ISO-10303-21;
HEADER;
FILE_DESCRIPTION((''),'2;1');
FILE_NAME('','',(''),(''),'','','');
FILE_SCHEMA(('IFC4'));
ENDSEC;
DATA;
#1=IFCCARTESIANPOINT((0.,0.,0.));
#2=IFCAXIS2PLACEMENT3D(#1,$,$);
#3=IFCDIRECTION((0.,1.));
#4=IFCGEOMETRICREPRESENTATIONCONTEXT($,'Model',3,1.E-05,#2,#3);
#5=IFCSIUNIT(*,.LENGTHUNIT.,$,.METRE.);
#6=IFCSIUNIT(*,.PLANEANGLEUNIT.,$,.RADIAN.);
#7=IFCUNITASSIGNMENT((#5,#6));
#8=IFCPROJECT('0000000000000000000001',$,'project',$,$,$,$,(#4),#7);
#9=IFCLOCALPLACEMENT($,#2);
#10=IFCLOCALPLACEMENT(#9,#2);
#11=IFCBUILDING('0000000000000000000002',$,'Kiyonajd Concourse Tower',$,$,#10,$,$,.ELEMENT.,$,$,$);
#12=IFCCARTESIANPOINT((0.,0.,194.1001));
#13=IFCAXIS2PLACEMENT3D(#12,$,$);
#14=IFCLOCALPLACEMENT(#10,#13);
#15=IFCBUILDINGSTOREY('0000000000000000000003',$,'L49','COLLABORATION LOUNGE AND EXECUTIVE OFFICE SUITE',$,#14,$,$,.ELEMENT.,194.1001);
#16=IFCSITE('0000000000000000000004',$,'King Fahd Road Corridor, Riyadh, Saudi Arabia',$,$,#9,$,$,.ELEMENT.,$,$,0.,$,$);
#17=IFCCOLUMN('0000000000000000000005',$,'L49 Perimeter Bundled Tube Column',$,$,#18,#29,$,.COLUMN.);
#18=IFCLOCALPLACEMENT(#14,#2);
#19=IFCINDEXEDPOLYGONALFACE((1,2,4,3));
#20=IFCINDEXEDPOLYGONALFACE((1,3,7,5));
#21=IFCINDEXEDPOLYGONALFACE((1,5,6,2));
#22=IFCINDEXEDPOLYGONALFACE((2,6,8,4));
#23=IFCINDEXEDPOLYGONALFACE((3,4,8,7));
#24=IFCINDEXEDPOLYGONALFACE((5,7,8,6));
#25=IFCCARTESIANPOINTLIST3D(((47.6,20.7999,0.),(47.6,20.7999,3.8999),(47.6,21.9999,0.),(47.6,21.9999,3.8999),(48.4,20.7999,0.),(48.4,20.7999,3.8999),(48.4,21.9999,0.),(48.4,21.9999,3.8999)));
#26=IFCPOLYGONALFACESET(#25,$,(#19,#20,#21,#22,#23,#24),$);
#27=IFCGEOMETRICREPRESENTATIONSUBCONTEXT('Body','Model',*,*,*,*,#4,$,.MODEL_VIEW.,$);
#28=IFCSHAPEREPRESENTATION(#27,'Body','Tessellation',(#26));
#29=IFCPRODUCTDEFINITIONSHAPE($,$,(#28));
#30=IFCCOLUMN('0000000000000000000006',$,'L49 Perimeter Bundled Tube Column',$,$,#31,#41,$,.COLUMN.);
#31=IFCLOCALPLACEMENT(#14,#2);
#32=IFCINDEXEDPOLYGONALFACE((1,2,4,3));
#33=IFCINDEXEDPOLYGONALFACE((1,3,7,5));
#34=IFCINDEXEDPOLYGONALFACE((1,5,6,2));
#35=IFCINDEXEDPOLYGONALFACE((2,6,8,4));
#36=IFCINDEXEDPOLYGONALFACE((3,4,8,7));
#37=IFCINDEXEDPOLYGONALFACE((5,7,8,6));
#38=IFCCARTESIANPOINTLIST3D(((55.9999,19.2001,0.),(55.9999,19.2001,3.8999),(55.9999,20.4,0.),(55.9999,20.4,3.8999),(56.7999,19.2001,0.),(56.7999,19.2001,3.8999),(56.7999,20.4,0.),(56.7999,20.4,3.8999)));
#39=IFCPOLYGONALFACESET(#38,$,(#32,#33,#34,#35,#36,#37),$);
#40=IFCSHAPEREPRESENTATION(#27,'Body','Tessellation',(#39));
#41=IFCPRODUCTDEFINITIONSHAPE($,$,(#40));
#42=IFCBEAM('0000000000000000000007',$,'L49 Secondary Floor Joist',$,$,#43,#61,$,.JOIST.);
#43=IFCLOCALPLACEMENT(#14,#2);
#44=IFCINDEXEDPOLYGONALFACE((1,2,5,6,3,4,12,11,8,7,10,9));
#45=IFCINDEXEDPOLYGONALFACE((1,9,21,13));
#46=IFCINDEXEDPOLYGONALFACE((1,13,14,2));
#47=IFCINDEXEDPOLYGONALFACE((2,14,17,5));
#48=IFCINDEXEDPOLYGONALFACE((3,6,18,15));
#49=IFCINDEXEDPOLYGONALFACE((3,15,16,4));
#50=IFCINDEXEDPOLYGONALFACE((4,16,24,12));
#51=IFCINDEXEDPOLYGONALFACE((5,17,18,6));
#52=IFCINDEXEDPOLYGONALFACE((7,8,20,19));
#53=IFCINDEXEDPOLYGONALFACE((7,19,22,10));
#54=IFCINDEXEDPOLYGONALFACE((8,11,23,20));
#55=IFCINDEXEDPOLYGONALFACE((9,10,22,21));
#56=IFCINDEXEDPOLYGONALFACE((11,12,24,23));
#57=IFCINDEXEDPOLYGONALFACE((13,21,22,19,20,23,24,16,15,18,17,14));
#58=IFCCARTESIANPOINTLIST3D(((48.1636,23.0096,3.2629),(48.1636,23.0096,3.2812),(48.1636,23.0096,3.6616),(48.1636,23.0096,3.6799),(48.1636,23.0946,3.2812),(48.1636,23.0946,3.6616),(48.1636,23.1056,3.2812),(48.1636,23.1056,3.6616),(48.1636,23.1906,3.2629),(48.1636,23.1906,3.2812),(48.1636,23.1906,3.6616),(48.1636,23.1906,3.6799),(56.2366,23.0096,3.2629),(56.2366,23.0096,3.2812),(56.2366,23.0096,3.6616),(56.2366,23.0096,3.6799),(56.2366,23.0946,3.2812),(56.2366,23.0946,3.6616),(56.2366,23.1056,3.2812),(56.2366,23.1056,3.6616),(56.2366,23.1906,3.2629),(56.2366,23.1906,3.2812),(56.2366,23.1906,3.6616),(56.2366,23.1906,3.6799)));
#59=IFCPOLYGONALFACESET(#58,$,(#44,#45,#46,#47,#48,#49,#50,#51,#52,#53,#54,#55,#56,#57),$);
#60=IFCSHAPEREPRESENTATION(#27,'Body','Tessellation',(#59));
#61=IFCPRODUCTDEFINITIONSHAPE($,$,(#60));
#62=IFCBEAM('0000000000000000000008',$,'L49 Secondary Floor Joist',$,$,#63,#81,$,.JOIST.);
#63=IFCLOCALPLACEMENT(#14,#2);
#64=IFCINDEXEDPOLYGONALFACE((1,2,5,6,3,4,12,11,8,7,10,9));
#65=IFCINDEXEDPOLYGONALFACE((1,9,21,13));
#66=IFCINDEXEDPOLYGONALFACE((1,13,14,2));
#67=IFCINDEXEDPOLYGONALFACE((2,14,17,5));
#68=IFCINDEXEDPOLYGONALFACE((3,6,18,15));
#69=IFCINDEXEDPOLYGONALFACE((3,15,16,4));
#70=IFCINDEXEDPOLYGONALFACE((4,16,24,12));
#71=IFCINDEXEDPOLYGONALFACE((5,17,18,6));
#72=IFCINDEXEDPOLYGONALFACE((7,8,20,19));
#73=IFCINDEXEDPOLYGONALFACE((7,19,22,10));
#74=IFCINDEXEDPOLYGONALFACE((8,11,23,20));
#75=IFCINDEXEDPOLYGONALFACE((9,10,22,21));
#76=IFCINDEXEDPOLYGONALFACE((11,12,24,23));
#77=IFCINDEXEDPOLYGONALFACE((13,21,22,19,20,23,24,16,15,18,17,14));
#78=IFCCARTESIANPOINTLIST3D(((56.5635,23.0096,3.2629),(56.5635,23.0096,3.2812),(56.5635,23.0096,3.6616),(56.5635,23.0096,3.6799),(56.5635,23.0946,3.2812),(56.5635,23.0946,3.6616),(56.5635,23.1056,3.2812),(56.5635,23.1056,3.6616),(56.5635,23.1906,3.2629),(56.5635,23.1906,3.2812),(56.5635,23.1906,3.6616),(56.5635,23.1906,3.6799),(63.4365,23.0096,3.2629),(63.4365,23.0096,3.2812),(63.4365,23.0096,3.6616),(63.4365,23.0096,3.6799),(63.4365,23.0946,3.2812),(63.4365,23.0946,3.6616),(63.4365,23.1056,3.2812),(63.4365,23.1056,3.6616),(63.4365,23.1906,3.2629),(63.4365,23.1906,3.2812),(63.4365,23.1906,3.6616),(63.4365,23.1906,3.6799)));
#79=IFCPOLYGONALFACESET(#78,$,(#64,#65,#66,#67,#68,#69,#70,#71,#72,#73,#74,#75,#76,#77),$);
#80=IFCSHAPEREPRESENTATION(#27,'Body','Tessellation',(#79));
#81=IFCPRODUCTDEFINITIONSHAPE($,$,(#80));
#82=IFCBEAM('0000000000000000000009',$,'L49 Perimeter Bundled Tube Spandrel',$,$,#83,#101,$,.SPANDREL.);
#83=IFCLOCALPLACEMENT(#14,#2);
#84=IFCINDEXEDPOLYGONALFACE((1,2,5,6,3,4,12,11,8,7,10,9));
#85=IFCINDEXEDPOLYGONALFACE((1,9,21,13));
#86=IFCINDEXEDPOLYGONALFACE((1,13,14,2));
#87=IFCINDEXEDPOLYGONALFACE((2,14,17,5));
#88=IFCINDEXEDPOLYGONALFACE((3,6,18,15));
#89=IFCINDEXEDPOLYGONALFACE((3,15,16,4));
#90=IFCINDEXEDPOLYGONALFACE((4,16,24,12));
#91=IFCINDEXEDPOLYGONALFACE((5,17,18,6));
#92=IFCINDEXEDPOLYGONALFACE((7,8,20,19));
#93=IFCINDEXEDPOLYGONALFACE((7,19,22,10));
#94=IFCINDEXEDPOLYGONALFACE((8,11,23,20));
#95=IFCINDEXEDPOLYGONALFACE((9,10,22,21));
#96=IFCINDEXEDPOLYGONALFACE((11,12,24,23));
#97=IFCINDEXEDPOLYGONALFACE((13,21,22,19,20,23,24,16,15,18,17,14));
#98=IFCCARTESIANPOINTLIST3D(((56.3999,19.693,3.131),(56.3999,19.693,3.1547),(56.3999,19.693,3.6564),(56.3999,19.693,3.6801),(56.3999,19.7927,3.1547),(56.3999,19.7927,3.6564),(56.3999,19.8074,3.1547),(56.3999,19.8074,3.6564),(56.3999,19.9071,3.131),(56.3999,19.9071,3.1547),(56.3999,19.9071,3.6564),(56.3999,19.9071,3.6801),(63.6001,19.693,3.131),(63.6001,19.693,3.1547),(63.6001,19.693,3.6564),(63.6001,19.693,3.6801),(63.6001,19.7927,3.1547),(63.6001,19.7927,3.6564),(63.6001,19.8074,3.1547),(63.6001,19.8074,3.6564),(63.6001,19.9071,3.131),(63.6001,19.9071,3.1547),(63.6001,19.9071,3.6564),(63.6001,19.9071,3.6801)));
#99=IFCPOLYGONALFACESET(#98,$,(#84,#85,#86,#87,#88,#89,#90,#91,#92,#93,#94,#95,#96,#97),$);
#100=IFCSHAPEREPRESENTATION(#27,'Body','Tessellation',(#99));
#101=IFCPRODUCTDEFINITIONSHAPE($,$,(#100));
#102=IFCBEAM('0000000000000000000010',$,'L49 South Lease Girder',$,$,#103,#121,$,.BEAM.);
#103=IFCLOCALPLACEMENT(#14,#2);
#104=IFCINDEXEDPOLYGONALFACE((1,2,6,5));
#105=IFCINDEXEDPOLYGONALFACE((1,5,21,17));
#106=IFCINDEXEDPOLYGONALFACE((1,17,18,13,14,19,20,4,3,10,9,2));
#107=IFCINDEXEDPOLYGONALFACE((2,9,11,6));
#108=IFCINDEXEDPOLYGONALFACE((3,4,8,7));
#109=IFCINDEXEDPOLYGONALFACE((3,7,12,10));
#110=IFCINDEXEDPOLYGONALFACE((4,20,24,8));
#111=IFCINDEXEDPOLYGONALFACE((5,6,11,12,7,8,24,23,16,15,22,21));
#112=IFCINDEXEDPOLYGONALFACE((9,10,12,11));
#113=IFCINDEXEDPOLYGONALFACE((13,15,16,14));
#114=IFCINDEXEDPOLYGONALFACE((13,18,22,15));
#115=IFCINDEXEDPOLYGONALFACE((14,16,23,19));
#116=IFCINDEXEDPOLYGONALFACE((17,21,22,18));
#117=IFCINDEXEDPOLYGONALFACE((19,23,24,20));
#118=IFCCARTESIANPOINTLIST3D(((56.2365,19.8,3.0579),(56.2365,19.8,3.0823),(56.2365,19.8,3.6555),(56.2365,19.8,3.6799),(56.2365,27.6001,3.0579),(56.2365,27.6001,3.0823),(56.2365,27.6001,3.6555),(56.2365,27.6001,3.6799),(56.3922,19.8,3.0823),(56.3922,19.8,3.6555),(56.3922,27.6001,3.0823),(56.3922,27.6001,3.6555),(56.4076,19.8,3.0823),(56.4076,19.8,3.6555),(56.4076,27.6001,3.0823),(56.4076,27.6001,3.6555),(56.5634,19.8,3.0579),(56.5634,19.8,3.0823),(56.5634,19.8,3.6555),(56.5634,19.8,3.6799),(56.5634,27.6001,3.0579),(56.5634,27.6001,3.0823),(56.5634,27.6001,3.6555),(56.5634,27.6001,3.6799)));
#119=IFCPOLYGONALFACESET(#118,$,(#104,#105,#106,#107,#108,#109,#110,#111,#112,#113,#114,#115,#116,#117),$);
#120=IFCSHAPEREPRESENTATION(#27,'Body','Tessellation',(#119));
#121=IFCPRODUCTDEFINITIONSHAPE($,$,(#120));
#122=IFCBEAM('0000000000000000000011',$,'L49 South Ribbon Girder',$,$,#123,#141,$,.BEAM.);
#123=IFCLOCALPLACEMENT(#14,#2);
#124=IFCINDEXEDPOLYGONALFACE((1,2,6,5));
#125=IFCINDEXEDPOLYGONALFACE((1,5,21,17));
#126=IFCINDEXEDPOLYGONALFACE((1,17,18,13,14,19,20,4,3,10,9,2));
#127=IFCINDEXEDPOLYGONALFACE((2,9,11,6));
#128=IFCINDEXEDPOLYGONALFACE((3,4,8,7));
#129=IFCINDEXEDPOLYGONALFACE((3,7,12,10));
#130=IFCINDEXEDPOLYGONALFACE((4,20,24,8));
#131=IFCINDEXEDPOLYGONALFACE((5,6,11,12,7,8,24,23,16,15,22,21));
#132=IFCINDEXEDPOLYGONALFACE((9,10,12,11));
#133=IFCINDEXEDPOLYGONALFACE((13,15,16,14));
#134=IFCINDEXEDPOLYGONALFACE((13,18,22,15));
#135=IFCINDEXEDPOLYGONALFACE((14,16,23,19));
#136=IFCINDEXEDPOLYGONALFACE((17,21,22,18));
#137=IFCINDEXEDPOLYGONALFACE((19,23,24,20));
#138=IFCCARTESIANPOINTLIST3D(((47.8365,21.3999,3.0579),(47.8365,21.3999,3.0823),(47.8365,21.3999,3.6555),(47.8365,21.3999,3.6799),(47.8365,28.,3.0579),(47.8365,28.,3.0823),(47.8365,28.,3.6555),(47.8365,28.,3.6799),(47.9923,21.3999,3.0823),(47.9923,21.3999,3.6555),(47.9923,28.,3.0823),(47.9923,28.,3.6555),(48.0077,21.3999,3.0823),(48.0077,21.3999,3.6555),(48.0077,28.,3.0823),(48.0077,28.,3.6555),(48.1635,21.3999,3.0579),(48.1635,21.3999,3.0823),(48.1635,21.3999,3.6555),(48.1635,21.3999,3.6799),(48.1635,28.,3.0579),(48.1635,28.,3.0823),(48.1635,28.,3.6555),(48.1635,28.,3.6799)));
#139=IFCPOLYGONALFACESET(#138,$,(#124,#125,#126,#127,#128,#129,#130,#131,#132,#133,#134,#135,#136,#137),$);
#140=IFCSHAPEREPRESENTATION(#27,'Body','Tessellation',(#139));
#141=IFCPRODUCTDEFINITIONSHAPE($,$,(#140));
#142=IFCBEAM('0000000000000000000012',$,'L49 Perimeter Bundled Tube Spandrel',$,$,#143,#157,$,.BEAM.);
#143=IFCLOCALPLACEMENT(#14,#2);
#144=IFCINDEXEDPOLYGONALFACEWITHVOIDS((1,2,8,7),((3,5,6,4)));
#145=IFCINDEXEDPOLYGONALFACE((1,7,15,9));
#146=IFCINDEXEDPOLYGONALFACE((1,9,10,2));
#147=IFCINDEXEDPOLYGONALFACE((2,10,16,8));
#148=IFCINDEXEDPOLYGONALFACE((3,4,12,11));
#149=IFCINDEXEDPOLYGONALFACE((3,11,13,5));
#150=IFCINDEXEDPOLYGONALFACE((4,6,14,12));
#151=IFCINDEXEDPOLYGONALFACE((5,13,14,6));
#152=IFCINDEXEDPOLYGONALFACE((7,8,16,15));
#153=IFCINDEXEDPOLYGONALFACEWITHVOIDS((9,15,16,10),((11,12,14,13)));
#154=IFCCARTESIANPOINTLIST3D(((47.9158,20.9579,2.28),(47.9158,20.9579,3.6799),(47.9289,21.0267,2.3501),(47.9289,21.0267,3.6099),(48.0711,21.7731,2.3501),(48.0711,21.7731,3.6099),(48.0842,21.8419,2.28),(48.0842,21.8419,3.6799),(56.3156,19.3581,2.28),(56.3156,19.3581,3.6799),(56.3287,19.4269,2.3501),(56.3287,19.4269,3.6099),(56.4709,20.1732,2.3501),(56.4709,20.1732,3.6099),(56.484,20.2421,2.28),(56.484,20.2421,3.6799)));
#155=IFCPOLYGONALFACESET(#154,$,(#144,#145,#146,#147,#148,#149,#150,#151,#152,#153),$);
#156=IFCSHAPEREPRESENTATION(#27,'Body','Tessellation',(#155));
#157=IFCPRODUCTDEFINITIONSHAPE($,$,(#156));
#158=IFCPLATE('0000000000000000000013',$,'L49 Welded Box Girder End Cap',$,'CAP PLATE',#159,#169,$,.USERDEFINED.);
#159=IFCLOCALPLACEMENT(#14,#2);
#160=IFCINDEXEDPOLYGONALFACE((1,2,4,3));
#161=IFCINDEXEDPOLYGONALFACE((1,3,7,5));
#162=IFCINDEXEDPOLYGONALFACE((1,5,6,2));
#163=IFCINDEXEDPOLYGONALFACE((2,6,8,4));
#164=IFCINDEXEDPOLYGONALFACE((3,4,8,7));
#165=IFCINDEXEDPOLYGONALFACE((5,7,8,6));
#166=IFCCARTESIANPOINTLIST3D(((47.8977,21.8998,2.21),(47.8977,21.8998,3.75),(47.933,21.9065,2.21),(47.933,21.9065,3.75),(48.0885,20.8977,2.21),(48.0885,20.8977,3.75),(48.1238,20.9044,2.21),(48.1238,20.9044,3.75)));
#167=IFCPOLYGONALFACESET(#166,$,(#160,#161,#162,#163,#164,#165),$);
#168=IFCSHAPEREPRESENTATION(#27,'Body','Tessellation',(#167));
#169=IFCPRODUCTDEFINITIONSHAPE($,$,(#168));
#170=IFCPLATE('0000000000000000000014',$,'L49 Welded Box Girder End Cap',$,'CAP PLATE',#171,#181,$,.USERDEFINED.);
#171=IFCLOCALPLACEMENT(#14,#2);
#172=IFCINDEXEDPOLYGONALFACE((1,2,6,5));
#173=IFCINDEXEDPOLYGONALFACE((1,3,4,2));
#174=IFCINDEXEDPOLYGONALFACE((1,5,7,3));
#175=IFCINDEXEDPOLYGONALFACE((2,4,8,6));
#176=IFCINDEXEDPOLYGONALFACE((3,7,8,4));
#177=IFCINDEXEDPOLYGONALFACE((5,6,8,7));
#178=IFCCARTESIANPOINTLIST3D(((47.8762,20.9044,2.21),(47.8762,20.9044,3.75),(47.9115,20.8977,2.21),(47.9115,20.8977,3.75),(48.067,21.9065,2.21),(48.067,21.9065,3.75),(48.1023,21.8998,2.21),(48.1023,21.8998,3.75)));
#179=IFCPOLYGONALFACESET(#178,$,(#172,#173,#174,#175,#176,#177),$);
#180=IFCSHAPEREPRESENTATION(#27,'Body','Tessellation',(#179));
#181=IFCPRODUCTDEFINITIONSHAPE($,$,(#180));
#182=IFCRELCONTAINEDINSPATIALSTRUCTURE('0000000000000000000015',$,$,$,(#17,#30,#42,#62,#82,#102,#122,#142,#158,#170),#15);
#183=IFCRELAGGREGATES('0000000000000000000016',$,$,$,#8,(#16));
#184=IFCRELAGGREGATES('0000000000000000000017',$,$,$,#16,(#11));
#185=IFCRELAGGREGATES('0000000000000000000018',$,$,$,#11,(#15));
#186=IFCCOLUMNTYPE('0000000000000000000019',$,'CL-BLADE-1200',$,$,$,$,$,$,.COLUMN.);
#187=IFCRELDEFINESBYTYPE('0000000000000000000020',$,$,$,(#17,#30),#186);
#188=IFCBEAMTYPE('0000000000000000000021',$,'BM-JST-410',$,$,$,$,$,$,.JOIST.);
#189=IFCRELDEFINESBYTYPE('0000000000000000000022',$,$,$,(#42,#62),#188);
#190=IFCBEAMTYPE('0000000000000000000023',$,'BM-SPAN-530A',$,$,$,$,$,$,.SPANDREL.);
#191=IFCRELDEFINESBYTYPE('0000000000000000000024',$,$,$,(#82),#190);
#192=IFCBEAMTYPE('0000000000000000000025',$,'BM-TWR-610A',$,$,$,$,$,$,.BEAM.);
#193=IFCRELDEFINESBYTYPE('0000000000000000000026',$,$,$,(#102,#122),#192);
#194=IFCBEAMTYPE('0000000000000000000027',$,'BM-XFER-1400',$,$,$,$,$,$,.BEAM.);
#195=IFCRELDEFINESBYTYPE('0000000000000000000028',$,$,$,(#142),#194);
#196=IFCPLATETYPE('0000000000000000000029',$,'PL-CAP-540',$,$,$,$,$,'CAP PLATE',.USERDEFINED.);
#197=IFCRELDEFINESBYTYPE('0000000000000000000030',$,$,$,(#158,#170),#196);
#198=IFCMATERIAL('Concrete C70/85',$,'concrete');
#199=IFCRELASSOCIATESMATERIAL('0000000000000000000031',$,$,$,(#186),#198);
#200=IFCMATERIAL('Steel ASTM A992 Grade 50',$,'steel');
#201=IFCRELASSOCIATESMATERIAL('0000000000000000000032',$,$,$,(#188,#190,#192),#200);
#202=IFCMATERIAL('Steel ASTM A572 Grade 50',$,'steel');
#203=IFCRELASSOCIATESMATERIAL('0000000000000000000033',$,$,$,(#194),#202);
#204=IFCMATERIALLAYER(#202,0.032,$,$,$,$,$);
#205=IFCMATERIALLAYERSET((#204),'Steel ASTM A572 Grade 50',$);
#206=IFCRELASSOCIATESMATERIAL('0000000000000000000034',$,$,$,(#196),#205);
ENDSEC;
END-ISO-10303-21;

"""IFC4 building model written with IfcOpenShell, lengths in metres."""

from ifc_helpers import new_model, si_unit, direction, frame, origin, origin_2d, place, context, subcontext, project, spatial, rectangle, hollow_rectangle, i_section, extrude, material, layer, layer_set, material_profile, profile_set, type_object, element, save


model = new_model("IFC4")

# Units and contexts
model_context = context("Model", 3, precision=1e-05, world=origin(), true_north=direction((0.0, 1.0)))
body_context = subcontext(model_context, "Body", "Model", "MODEL_VIEW")
ifc_project = project(units=[si_unit("LENGTHUNIT", "METRE"), si_unit("PLANEANGLEUNIT", "RADIAN")], contexts=[model_context])

# Site, building, storey
site_placement = place(None, origin())
site = spatial("IfcSite", under=ifc_project, at=site_placement, Name="King Fahd Road Corridor, Riyadh, Saudi Arabia", CompositionType="ELEMENT", RefElevation=0.0)
building_placement = place(site_placement, origin())
building = spatial("IfcBuilding", under=site, at=building_placement, Name="Kiyonajd Concourse Tower", CompositionType="ELEMENT")
storey_placement = place(building_placement, frame((0.0, 0.0, 194.1001)))
storey = spatial("IfcBuildingStorey", under=building, at=storey_placement, Name="L49", Description="COLLABORATION LOUNGE AND EXECUTIVE OFFICE SUITE", CompositionType="ELEMENT", Elevation=194.1001)

# Columns
ifc_material_1 = material(Name="Concrete C70/85", Category="concrete")
ifc_material_profile_1 = material_profile(ifc_material_1, rectangle(XDim=0.8, YDim=1.2, at=origin_2d()), Name="RC-1200x800")
ifc_profile_set_1 = profile_set([ifc_material_profile_1], Name="Concrete C70/85")
column_type = type_object("IfcColumnType", Name="CL-BLADE-1200", PredefinedType="COLUMN", material=ifc_profile_set_1)
for number, where, z_axis, x_axis, name in (
    (1, (48.0, 21.3999, 0.0), (0.0, 0.0, 1.0), (1.0, 0.0, 0.0), "L49 Perimeter Bundled Tube Column"),
    (2, (56.3999, 19.8, 0.0), (0.0, 0.0, 1.0), (1.0, 0.0, 0.0), "L49 Perimeter Bundled Tube Column"),
):
    element("IfcColumn", number, at=place(storey_placement, frame(where, z_axis=z_axis, x_axis=x_axis)), inside=storey, type_object=column_type, Name=name, PredefinedType="COLUMN", context=body_context, shape_type="SweptSolid", body=[
        extrude(rectangle(XDim=0.8, YDim=1.2, at=origin_2d()), origin(), (0.0, 0.0, 1.0), 3.8999),
    ])

# Beams
ifc_material_2 = material(Name="Steel ASTM A992 Grade 50", Category="steel")
ifc_material_profile_2 = material_profile(ifc_material_2, i_section(OverallWidth=0.1809, OverallDepth=0.417, WebThickness=0.011, FlangeThickness=0.0183, at=origin_2d()), Name="W410X85")
ifc_profile_set_2 = profile_set([ifc_material_profile_2], Name="Steel ASTM A992 Grade 50")
beam_type_1 = type_object("IfcBeamType", Name="BM-JST-410", PredefinedType="JOIST", material=ifc_profile_set_2)
beam_1_placement = place(storey_placement, frame((48.1636, 23.1001, 3.4714), z_axis=(1.0, 0.0, 0.0), x_axis=(0.0, 1.0, 0.0)))
element("IfcBeam", 3, at=beam_1_placement, inside=storey, type_object=beam_type_1, Name="L49 Secondary Floor Joist", PredefinedType="JOIST", context=body_context, shape_type="SweptSolid", body=[
    extrude(i_section(OverallWidth=0.1809, OverallDepth=0.417, WebThickness=0.011, FlangeThickness=0.0183, at=origin_2d()), origin(), (0.0, 0.0, 1.0), 8.073),
])
beam_2_placement = place(storey_placement, frame((56.5635, 23.1001, 3.4714), z_axis=(1.0, 0.0, 0.0), x_axis=(0.0, 1.0, 0.0)))
element("IfcBeam", 4, at=beam_2_placement, inside=storey, type_object=beam_type_1, Name="L49 Secondary Floor Joist", PredefinedType="JOIST", context=body_context, shape_type="SweptSolid", body=[
    extrude(i_section(OverallWidth=0.1809, OverallDepth=0.417, WebThickness=0.011, FlangeThickness=0.0183, at=origin_2d()), origin(), (0.0, 0.0, 1.0), 6.873),
])
ifc_material_profile_3 = material_profile(ifc_material_2, i_section(OverallWidth=0.2141, OverallDepth=0.5491, WebThickness=0.0146, FlangeThickness=0.0237, at=origin_2d()), Name="W530X138")
ifc_profile_set_3 = profile_set([ifc_material_profile_3], Name="Steel ASTM A992 Grade 50")
beam_type_2 = type_object("IfcBeamType", Name="BM-SPAN-530A", PredefinedType="SPANDREL", material=ifc_profile_set_3)
beam_3_placement = place(storey_placement, frame((56.3999, 19.8, 3.4055), z_axis=(1.0, 0.0, 0.0), x_axis=(0.0, 1.0, 0.0)))
element("IfcBeam", 5, at=beam_3_placement, inside=storey, type_object=beam_type_2, Name="L49 Perimeter Bundled Tube Spandrel", PredefinedType="SPANDREL", context=body_context, shape_type="SweptSolid", body=[
    extrude(i_section(OverallWidth=0.2141, OverallDepth=0.5491, WebThickness=0.0146, FlangeThickness=0.0237, at=origin_2d()), origin(), (0.0, 0.0, 1.0), 7.2002),
])
ifc_material_profile_4 = material_profile(ifc_material_2, i_section(OverallWidth=0.3269, OverallDepth=0.6221, WebThickness=0.0154, FlangeThickness=0.0244, at=origin_2d()), Name="W610X195")
ifc_profile_set_4 = profile_set([ifc_material_profile_4], Name="Steel ASTM A992 Grade 50")
beam_type_3 = type_object("IfcBeamType", Name="BM-TWR-610A", PredefinedType="BEAM", material=ifc_profile_set_4)
beam_4_placement = place(storey_placement, frame((56.3999, 19.8, 3.3689), z_axis=(0.0, 1.0, 0.0), x_axis=(-1.0, 0.0, 0.0)))
element("IfcBeam", 6, at=beam_4_placement, inside=storey, type_object=beam_type_3, Name="L49 South Lease Girder", PredefinedType="BEAM", context=body_context, shape_type="SweptSolid", body=[
    extrude(i_section(OverallWidth=0.3269, OverallDepth=0.6221, WebThickness=0.0154, FlangeThickness=0.0244, at=origin_2d()), origin(), (0.0, 0.0, 1.0), 7.8),
])
beam_5_placement = place(storey_placement, frame((48.0, 21.3999, 3.3689), z_axis=(0.0, 1.0, 0.0), x_axis=(-1.0, 0.0, 0.0)))
element("IfcBeam", 7, at=beam_5_placement, inside=storey, type_object=beam_type_3, Name="L49 South Ribbon Girder", PredefinedType="BEAM", context=body_context, shape_type="SweptSolid", body=[
    extrude(i_section(OverallWidth=0.3269, OverallDepth=0.6221, WebThickness=0.0154, FlangeThickness=0.0244, at=origin_2d()), origin(), (0.0, 0.0, 1.0), 6.6001),
])
ifc_material_3 = material(Name="Steel ASTM A572 Grade 50", Category="steel")
ifc_material_profile_5 = material_profile(ifc_material_3, hollow_rectangle(XDim=0.8999, YDim=1.3999, WallThickness=0.0701, at=origin_2d()), Name="BOX-1400x900x70")
ifc_profile_set_5 = profile_set([ifc_material_profile_5], Name="Steel ASTM A572 Grade 50")
beam_type_4 = type_object("IfcBeamType", Name="BM-XFER-1400", PredefinedType="BEAM", material=ifc_profile_set_5)
beam_6_placement = place(storey_placement, frame((48.0, 21.3999, 2.98), z_axis=(0.982341, -0.187098, 0.0), x_axis=(0.187098, 0.982341, 0.0)))
element("IfcBeam", 8, at=beam_6_placement, inside=storey, type_object=beam_type_4, Name="L49 Perimeter Bundled Tube Spandrel", PredefinedType="BEAM", context=body_context, shape_type="SweptSolid", body=[
    extrude(hollow_rectangle(XDim=0.8999, YDim=1.3999, WallThickness=0.0701, at=origin_2d()), origin(), (0.0, 0.0, 1.0), 8.5508),
])

# Plates
ifc_layer_1 = layer(ifc_material_3, 0.032)
ifc_layer_set_1 = layer_set([ifc_layer_1], Name="Steel ASTM A572 Grade 50")
plate_type_1 = type_object("IfcPlateType", Name="PL-CAP-540", ElementType="CAP PLATE", PredefinedType="USERDEFINED", material=ifc_layer_set_1)
for number, where, z_axis, x_axis, name in (
    (9, (48.0107, 21.4021, 2.21), (0.0, 0.0, 1.0), (0.982353, 0.187038, 0.0), "L49 Welded Box Girder End Cap"),
    (10, (47.9893, 21.4021, 2.21), (0.0, 0.0, 1.0), (-0.982353, 0.187038, 0.0), "L49 Welded Box Girder End Cap"),
):
    element("IfcPlate", number, at=place(storey_placement, frame(where, z_axis=z_axis, x_axis=x_axis)), inside=storey, type_object=plate_type_1, Name=name, ObjectType="CAP PLATE", PredefinedType="USERDEFINED", context=body_context, shape_type="SweptSolid", body=[
        extrude(rectangle(XDim=0.0359, YDim=1.02, at=origin_2d()), origin(), (0.0, 0.0, 1.0), 1.54),
    ])

save(model, "model.ifc")
